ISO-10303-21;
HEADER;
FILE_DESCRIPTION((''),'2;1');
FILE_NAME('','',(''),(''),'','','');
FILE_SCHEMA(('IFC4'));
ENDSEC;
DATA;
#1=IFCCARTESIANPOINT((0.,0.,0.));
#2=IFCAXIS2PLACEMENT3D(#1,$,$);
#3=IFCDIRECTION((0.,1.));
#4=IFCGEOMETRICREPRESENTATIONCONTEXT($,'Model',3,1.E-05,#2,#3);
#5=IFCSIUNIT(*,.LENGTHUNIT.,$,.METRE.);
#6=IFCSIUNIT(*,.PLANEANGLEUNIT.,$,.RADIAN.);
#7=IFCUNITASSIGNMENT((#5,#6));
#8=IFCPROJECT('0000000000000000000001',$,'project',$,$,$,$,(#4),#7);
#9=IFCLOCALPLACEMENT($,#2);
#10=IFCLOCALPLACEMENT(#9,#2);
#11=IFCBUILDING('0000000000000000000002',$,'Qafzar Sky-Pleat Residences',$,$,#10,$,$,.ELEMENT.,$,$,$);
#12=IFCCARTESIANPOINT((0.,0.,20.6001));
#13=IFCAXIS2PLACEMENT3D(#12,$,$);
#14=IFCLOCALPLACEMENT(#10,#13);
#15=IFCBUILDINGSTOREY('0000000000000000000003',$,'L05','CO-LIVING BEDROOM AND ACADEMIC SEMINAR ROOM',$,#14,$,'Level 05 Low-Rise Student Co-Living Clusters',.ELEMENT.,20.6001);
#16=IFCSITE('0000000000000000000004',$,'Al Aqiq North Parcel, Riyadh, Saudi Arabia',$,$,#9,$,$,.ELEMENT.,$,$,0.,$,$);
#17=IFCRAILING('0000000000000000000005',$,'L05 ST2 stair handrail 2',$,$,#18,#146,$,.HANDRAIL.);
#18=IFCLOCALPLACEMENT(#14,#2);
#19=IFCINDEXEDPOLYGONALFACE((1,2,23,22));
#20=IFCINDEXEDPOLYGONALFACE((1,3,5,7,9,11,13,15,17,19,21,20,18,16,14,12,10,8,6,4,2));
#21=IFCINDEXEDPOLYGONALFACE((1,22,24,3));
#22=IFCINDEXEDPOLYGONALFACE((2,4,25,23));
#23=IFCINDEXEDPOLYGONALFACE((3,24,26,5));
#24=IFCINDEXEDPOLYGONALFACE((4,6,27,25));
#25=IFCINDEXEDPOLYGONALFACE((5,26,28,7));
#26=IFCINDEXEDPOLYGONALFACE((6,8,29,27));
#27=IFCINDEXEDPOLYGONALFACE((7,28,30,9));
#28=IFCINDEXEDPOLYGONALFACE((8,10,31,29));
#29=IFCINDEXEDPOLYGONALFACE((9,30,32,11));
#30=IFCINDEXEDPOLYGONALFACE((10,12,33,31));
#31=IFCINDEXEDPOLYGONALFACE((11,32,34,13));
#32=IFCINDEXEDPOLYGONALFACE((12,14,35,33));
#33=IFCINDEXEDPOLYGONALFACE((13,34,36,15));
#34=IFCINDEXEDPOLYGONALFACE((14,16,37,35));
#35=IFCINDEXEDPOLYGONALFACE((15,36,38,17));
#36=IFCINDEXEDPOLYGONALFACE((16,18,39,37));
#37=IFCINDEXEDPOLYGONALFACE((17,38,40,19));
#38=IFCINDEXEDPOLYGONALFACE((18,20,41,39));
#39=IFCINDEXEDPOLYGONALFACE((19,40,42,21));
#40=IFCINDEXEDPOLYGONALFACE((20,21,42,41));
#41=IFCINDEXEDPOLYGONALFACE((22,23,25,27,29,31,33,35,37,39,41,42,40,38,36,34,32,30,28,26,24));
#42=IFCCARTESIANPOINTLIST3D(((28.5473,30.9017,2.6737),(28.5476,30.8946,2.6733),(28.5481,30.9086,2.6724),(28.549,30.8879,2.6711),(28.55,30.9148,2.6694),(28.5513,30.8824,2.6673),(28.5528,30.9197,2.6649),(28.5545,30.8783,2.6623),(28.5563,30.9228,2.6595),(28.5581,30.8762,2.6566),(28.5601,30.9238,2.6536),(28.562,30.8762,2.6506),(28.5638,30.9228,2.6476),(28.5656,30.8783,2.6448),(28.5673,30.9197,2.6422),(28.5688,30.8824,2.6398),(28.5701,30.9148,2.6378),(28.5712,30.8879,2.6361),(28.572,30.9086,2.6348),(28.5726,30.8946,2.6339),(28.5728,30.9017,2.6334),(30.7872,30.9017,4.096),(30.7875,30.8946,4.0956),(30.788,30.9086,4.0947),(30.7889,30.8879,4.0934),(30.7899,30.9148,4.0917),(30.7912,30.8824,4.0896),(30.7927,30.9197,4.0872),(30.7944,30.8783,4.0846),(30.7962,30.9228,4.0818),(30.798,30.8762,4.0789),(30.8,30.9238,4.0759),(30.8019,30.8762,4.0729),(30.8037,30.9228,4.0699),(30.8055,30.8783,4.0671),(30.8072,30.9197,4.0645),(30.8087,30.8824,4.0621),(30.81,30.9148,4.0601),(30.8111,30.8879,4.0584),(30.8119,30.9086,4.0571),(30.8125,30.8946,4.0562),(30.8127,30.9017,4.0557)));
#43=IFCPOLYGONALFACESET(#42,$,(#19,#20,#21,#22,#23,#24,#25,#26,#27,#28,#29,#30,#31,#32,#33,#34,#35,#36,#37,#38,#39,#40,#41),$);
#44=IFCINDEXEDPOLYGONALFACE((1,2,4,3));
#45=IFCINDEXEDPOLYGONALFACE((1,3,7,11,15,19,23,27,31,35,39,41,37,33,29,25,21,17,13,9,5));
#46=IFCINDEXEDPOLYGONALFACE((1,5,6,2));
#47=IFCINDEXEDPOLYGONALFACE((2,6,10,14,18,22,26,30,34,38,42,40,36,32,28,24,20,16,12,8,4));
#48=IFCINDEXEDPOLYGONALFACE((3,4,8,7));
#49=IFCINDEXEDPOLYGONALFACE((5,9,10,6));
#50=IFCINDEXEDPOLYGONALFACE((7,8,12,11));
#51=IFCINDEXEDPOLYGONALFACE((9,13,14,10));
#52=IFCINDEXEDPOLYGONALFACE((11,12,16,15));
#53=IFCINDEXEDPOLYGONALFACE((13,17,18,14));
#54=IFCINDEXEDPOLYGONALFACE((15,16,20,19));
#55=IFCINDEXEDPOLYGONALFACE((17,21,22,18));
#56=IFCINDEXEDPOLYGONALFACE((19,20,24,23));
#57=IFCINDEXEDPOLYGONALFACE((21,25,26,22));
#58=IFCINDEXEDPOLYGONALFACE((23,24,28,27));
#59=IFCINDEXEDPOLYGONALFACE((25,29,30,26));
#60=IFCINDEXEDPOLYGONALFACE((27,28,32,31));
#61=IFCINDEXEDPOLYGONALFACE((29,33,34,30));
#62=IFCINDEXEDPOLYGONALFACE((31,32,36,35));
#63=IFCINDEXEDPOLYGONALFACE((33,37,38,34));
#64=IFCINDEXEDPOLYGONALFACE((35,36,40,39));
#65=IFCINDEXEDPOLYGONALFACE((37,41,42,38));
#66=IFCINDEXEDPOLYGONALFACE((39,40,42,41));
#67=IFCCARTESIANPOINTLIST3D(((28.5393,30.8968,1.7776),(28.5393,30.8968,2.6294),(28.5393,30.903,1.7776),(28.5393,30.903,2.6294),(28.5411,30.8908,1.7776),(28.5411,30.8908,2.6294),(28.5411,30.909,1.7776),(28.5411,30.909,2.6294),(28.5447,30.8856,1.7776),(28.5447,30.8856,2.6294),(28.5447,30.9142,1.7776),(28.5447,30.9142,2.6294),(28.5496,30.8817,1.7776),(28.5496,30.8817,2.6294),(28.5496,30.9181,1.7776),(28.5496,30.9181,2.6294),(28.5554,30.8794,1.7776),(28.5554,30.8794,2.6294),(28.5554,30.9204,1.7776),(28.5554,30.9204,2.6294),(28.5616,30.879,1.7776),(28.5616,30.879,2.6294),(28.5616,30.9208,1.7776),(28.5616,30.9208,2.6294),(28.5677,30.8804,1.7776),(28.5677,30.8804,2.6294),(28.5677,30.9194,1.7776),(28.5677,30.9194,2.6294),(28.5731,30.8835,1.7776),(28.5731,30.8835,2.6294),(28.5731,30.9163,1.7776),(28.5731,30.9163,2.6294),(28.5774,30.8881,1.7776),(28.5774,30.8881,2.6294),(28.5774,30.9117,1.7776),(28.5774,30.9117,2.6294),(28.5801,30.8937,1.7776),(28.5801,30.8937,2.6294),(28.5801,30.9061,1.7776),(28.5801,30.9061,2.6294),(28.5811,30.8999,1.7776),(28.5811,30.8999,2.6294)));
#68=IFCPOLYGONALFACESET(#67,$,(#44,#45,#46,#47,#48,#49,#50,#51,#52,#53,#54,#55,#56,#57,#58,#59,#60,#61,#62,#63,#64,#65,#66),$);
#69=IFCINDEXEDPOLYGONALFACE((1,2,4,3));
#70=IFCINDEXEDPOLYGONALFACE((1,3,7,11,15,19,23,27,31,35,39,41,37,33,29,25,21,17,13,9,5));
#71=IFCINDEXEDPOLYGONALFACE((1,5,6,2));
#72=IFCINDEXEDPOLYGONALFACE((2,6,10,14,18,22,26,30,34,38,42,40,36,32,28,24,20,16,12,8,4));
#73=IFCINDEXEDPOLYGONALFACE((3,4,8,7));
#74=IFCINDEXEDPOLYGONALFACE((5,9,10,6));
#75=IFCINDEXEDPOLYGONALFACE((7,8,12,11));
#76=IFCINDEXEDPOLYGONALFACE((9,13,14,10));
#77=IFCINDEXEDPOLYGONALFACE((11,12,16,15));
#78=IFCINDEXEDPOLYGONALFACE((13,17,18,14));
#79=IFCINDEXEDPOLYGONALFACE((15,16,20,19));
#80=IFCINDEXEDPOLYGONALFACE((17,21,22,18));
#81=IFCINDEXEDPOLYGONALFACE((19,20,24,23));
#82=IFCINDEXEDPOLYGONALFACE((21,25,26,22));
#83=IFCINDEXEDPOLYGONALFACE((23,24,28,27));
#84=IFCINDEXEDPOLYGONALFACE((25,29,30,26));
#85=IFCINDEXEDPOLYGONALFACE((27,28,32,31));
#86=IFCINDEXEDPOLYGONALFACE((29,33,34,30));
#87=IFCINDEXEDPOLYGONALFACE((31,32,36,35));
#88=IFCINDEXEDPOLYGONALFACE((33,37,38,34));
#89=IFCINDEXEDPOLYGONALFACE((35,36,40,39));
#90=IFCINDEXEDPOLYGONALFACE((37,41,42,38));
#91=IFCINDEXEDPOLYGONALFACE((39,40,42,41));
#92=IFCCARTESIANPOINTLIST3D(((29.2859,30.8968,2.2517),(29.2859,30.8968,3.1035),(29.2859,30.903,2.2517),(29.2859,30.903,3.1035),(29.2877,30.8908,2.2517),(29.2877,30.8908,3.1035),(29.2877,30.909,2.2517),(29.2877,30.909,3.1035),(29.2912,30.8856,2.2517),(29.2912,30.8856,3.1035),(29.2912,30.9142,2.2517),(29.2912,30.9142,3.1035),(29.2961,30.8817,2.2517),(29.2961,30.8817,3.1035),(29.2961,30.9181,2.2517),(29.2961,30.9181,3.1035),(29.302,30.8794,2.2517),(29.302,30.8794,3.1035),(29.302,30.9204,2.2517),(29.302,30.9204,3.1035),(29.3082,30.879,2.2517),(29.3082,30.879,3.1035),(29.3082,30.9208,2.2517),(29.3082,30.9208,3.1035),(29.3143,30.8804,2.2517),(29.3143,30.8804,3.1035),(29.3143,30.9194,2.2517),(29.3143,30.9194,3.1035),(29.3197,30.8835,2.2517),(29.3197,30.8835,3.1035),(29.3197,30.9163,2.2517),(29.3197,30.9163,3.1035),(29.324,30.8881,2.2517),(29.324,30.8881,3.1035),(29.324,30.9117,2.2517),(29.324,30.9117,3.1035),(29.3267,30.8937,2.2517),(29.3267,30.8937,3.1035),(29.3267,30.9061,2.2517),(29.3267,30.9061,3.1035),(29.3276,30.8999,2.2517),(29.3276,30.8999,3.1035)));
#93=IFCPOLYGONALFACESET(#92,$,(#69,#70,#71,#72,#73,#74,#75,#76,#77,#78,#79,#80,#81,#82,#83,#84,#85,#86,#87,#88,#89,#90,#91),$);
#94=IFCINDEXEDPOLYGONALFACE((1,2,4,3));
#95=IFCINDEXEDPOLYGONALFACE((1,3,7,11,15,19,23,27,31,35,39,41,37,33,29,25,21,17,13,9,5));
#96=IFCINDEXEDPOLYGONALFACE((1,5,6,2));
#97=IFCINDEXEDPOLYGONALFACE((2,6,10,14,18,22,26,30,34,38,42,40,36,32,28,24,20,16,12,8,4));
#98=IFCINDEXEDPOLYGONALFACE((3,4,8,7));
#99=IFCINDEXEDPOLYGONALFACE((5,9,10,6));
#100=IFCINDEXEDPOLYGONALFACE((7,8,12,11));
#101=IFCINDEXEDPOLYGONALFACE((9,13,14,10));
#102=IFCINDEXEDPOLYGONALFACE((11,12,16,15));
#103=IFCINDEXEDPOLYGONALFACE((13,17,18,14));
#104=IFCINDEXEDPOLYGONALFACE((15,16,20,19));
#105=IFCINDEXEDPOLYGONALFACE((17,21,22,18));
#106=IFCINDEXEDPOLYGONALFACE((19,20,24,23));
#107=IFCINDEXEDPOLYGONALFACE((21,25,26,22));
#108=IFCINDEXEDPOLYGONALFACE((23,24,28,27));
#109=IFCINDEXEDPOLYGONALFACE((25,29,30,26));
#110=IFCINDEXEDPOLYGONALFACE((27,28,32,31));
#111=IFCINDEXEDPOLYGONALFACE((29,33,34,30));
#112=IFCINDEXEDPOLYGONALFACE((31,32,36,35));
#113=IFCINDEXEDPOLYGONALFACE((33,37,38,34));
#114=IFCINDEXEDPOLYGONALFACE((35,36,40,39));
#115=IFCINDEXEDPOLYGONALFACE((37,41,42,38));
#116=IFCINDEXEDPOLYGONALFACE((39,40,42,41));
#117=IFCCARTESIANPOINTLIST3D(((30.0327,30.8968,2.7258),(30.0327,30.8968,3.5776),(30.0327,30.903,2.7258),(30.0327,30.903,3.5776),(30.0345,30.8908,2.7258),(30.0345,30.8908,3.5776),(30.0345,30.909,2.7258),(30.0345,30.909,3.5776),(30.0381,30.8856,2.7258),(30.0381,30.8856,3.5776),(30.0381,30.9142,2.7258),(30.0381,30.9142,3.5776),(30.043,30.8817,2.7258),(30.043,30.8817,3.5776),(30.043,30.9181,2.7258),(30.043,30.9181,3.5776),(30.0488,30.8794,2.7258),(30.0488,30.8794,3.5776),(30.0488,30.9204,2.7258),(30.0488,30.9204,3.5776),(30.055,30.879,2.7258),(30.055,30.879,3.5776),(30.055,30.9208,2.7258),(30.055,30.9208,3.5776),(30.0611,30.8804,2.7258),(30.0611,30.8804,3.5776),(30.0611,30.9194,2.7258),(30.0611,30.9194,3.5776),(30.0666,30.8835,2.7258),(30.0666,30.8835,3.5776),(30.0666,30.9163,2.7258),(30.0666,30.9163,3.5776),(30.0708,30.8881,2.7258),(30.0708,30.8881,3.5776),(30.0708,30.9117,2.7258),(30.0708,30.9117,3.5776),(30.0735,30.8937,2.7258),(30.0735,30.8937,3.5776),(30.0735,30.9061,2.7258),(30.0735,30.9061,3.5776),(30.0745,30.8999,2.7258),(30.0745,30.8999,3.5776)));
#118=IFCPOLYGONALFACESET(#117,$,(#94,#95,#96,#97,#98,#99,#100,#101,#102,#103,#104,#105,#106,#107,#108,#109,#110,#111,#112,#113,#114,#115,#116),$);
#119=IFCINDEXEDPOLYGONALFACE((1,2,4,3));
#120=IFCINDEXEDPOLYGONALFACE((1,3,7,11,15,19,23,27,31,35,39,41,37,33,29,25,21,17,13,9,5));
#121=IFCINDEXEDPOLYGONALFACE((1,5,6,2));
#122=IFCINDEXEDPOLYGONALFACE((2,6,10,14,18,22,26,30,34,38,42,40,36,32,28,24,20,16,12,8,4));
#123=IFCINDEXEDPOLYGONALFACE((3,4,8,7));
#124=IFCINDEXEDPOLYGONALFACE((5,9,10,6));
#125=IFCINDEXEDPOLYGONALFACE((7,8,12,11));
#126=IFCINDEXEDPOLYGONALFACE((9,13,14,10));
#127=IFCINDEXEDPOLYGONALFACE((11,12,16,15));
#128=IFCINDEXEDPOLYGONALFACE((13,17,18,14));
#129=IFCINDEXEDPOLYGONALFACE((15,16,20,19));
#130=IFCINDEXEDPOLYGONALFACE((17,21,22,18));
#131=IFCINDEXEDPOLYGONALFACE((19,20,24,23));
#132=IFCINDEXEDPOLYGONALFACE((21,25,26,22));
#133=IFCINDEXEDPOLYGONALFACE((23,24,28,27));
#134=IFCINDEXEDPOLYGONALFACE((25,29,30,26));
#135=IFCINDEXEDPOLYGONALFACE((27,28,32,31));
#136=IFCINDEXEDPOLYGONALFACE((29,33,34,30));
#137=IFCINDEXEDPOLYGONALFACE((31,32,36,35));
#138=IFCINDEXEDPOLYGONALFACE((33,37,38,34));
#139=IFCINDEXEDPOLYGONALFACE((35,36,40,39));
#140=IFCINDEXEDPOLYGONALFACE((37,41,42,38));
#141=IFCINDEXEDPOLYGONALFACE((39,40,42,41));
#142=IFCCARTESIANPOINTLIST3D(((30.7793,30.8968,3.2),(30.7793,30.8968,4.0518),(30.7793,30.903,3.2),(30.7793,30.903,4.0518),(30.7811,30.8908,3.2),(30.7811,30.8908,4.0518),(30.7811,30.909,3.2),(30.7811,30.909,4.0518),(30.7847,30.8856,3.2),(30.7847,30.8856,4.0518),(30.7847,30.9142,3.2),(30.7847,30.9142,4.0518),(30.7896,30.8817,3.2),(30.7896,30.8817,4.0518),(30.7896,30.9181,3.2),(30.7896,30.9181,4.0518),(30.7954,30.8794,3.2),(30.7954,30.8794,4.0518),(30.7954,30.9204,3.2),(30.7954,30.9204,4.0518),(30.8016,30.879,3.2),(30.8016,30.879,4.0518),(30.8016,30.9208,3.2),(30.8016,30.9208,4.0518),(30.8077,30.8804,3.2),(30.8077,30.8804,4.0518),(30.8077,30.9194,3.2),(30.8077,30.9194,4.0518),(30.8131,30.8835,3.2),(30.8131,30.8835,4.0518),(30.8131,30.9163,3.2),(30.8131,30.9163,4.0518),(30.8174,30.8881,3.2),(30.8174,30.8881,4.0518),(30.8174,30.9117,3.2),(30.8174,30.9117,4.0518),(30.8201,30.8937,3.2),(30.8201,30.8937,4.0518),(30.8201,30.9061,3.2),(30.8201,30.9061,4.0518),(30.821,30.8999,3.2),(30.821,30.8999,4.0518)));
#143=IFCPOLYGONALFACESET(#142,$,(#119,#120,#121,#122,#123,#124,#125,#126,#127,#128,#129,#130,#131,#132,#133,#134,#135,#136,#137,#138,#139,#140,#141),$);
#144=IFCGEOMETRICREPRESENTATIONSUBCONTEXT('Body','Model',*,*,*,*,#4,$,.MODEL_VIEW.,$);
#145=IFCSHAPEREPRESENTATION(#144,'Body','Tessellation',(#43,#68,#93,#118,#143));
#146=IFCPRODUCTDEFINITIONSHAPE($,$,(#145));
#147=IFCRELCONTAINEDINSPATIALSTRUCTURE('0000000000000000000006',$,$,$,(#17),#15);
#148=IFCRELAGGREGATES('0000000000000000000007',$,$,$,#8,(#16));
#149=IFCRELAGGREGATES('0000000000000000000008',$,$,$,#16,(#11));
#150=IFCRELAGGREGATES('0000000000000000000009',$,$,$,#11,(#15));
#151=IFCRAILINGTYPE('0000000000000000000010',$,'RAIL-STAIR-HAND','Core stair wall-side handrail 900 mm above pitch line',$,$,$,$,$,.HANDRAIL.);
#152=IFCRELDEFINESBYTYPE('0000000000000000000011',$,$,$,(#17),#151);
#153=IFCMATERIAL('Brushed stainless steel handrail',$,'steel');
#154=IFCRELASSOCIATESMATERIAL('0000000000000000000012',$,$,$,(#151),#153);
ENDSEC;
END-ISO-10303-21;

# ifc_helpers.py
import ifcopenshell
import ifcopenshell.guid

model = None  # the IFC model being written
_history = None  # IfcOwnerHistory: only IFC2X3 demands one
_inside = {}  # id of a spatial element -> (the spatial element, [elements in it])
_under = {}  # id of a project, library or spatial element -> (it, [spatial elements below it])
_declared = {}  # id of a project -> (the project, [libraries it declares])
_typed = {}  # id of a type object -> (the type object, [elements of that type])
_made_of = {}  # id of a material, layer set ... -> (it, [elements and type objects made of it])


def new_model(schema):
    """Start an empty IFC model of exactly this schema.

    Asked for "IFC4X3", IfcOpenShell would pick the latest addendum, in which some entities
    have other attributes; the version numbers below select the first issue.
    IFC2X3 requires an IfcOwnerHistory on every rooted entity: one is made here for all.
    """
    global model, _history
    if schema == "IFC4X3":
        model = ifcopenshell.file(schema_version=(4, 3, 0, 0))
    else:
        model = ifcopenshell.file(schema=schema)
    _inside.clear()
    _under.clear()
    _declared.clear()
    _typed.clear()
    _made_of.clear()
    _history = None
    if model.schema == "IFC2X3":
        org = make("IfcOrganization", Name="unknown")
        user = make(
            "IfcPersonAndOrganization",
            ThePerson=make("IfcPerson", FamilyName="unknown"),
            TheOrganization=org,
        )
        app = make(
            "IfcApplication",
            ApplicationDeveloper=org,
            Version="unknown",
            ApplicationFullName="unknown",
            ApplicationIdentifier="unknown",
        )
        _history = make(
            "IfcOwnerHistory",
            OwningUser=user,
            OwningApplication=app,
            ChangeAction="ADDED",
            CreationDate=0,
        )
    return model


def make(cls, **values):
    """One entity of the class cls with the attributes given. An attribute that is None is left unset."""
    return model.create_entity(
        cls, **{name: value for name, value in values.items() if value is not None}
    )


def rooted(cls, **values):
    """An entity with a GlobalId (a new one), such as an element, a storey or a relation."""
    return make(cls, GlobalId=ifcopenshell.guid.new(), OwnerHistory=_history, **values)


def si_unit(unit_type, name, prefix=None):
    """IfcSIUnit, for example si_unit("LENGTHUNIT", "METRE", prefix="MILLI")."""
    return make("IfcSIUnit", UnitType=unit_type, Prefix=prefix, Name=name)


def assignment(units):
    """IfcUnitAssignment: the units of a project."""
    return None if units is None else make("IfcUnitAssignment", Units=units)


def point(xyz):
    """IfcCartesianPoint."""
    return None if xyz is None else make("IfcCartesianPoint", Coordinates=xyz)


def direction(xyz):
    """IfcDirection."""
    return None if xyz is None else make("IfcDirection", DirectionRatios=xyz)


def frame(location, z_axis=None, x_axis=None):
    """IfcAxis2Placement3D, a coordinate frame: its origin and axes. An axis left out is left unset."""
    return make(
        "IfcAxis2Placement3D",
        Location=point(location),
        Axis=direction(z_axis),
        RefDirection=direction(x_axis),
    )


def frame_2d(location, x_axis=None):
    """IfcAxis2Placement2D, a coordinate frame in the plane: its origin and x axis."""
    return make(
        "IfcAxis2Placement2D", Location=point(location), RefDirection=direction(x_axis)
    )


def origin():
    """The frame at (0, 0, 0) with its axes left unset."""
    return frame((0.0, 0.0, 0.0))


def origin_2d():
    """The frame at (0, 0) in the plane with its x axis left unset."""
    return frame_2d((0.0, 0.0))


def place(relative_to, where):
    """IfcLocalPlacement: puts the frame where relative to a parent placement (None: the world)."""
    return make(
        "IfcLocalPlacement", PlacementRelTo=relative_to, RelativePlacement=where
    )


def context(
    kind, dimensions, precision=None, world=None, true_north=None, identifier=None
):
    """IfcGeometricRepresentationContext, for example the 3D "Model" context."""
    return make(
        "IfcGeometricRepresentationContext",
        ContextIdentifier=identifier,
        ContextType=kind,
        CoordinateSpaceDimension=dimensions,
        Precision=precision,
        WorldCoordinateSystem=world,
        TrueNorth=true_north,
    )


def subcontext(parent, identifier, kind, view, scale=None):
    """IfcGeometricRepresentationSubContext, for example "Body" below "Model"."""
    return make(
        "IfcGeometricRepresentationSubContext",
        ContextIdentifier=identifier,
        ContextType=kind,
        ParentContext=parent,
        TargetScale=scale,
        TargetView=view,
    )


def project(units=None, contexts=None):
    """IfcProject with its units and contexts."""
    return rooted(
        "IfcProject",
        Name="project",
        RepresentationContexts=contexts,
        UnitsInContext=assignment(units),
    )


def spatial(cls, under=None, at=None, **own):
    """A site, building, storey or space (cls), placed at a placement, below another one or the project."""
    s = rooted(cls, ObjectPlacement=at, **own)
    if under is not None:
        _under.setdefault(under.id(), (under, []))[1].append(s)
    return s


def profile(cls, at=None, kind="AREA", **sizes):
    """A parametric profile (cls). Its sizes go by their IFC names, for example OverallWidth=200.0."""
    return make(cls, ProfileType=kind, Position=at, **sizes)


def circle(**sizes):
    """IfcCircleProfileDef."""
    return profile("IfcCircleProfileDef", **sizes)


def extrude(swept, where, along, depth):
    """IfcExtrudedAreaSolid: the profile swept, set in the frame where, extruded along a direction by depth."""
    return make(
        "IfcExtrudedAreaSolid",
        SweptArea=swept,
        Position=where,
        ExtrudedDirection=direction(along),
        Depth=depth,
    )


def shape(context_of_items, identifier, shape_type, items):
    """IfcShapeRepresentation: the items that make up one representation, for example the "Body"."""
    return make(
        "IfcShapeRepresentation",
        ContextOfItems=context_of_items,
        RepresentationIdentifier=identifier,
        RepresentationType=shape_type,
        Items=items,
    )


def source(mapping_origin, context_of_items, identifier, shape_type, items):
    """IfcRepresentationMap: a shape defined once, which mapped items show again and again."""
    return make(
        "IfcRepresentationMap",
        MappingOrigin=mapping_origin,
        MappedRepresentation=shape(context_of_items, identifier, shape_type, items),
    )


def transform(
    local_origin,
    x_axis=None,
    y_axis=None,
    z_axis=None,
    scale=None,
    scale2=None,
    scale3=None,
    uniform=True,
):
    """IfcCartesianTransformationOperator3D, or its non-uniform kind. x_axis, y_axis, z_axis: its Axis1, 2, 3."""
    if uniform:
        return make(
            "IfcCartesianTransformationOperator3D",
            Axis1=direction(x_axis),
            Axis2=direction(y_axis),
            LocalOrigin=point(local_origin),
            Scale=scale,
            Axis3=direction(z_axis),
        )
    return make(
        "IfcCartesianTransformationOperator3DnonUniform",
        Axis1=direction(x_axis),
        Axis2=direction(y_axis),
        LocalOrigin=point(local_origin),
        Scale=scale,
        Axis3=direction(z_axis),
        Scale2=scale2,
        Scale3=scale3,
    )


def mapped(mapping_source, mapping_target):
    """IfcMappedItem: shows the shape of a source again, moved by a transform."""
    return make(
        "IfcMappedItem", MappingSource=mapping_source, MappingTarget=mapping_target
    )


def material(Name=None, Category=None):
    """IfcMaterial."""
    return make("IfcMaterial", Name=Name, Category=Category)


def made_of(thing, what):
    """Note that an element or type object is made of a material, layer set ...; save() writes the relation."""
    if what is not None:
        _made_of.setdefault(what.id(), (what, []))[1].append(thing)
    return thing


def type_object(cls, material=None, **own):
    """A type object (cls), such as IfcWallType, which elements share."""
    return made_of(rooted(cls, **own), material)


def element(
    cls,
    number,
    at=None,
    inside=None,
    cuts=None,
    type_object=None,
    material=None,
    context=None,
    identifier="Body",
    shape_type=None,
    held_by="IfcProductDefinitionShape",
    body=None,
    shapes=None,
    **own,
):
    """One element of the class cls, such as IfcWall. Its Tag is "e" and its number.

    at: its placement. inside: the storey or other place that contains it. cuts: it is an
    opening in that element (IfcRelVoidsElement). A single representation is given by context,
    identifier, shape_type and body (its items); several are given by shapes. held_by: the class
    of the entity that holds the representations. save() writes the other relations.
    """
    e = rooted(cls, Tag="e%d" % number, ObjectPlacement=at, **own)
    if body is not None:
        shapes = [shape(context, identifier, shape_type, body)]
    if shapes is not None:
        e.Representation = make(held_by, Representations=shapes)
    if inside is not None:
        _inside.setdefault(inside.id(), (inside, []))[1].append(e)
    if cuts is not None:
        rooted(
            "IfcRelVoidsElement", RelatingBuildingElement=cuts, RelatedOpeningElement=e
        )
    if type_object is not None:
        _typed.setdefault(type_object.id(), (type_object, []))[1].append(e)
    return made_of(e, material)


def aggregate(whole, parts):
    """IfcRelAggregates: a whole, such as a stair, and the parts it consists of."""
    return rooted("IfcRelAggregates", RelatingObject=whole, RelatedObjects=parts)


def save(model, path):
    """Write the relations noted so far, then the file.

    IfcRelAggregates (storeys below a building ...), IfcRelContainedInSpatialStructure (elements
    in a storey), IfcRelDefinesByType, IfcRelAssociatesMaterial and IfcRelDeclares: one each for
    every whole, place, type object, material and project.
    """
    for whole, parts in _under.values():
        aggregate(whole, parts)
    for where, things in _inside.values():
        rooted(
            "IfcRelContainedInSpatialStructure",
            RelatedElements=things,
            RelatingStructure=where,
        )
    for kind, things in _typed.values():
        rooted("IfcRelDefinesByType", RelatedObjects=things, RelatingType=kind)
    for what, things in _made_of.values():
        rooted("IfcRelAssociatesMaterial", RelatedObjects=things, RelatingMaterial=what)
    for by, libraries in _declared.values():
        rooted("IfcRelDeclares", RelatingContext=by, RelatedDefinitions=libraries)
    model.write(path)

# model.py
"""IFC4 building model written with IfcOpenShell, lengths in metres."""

from ifc_helpers import new_model, si_unit, direction, frame, origin, origin_2d, place, context, subcontext, project, spatial, circle, extrude, source, transform, mapped, material, type_object, element, save


model = new_model("IFC4")

# Units and contexts
model_context = context("Model", 3, precision=1e-05, world=origin(), true_north=direction((0.0, 1.0)))
body_context = subcontext(model_context, "Body", "Model", "MODEL_VIEW")
ifc_project = project(units=[si_unit("LENGTHUNIT", "METRE"), si_unit("PLANEANGLEUNIT", "RADIAN")], contexts=[model_context])

# Site, building, storey
site_placement = place(None, origin())
site = spatial("IfcSite", under=ifc_project, at=site_placement, Name="Al Aqiq North Parcel, Riyadh, Saudi Arabia", CompositionType="ELEMENT", RefElevation=0.0)
building_placement = place(site_placement, origin())
building = spatial("IfcBuilding", under=site, at=building_placement, Name="Qafzar Sky-Pleat Residences", CompositionType="ELEMENT")
storey_placement = place(building_placement, frame((0.0, 0.0, 20.6001)))
storey = spatial("IfcBuildingStorey", under=building, at=storey_placement, Name="L05", Description="CO-LIVING BEDROOM AND ACADEMIC SEMINAR ROOM", LongName="Level 05 Low-Rise Student Co-Living Clusters", CompositionType="ELEMENT", Elevation=20.6001)

# Railing
ifc_material_1 = material(Name="Brushed stainless steel handrail", Category="steel")
railing_type = type_object("IfcRailingType", Name="RAIL-STAIR-HAND", Description="Core stair wall-side handrail 900 mm above pitch line", PredefinedType="HANDRAIL", material=ifc_material_1)
shared_shape_1 = source(origin(), body_context, "Body", "SweptSolid", [
    extrude(circle(Radius=0.0239, at=origin_2d()), frame((0.0, 0.0, 0.876), z_axis=(0.844188, 0.0, 0.536048), x_axis=(0.0, 1.0, 0.0)), (0.0, 0.0, 1.0), 2.6533),
    extrude(circle(Radius=0.021, at=origin_2d()), origin(), (0.0, 0.0, 1.0), 0.8518),
    extrude(circle(Radius=0.021, at=origin_2d()), frame((0.7466, 0.0, 0.4741)), (0.0, 0.0, 1.0), 0.8518),
    extrude(circle(Radius=0.021, at=origin_2d()), frame((1.4934, 0.0, 0.9482)), (0.0, 0.0, 1.0), 0.8518),
    extrude(circle(Radius=0.021, at=origin_2d()), frame((2.24, 0.0, 1.4224)), (0.0, 0.0, 1.0), 0.8518),
])
railing_placement = place(storey_placement, frame((28.5601, 30.8999, 1.7776)))
element("IfcRailing", 1, at=railing_placement, inside=storey, type_object=railing_type, Name="L05 ST2 stair handrail 2", PredefinedType="HANDRAIL", context=body_context, shape_type="MappedRepresentation", body=[
    mapped(shared_shape_1, transform((0.0, 0.0, 0.0), x_axis=(1.0, 0.0, 0.0), y_axis=(0.0, 1.0, 0.0), z_axis=(0.0, 0.0, 1.0), scale=1.0)),
])

save(model, "model.ifc")
